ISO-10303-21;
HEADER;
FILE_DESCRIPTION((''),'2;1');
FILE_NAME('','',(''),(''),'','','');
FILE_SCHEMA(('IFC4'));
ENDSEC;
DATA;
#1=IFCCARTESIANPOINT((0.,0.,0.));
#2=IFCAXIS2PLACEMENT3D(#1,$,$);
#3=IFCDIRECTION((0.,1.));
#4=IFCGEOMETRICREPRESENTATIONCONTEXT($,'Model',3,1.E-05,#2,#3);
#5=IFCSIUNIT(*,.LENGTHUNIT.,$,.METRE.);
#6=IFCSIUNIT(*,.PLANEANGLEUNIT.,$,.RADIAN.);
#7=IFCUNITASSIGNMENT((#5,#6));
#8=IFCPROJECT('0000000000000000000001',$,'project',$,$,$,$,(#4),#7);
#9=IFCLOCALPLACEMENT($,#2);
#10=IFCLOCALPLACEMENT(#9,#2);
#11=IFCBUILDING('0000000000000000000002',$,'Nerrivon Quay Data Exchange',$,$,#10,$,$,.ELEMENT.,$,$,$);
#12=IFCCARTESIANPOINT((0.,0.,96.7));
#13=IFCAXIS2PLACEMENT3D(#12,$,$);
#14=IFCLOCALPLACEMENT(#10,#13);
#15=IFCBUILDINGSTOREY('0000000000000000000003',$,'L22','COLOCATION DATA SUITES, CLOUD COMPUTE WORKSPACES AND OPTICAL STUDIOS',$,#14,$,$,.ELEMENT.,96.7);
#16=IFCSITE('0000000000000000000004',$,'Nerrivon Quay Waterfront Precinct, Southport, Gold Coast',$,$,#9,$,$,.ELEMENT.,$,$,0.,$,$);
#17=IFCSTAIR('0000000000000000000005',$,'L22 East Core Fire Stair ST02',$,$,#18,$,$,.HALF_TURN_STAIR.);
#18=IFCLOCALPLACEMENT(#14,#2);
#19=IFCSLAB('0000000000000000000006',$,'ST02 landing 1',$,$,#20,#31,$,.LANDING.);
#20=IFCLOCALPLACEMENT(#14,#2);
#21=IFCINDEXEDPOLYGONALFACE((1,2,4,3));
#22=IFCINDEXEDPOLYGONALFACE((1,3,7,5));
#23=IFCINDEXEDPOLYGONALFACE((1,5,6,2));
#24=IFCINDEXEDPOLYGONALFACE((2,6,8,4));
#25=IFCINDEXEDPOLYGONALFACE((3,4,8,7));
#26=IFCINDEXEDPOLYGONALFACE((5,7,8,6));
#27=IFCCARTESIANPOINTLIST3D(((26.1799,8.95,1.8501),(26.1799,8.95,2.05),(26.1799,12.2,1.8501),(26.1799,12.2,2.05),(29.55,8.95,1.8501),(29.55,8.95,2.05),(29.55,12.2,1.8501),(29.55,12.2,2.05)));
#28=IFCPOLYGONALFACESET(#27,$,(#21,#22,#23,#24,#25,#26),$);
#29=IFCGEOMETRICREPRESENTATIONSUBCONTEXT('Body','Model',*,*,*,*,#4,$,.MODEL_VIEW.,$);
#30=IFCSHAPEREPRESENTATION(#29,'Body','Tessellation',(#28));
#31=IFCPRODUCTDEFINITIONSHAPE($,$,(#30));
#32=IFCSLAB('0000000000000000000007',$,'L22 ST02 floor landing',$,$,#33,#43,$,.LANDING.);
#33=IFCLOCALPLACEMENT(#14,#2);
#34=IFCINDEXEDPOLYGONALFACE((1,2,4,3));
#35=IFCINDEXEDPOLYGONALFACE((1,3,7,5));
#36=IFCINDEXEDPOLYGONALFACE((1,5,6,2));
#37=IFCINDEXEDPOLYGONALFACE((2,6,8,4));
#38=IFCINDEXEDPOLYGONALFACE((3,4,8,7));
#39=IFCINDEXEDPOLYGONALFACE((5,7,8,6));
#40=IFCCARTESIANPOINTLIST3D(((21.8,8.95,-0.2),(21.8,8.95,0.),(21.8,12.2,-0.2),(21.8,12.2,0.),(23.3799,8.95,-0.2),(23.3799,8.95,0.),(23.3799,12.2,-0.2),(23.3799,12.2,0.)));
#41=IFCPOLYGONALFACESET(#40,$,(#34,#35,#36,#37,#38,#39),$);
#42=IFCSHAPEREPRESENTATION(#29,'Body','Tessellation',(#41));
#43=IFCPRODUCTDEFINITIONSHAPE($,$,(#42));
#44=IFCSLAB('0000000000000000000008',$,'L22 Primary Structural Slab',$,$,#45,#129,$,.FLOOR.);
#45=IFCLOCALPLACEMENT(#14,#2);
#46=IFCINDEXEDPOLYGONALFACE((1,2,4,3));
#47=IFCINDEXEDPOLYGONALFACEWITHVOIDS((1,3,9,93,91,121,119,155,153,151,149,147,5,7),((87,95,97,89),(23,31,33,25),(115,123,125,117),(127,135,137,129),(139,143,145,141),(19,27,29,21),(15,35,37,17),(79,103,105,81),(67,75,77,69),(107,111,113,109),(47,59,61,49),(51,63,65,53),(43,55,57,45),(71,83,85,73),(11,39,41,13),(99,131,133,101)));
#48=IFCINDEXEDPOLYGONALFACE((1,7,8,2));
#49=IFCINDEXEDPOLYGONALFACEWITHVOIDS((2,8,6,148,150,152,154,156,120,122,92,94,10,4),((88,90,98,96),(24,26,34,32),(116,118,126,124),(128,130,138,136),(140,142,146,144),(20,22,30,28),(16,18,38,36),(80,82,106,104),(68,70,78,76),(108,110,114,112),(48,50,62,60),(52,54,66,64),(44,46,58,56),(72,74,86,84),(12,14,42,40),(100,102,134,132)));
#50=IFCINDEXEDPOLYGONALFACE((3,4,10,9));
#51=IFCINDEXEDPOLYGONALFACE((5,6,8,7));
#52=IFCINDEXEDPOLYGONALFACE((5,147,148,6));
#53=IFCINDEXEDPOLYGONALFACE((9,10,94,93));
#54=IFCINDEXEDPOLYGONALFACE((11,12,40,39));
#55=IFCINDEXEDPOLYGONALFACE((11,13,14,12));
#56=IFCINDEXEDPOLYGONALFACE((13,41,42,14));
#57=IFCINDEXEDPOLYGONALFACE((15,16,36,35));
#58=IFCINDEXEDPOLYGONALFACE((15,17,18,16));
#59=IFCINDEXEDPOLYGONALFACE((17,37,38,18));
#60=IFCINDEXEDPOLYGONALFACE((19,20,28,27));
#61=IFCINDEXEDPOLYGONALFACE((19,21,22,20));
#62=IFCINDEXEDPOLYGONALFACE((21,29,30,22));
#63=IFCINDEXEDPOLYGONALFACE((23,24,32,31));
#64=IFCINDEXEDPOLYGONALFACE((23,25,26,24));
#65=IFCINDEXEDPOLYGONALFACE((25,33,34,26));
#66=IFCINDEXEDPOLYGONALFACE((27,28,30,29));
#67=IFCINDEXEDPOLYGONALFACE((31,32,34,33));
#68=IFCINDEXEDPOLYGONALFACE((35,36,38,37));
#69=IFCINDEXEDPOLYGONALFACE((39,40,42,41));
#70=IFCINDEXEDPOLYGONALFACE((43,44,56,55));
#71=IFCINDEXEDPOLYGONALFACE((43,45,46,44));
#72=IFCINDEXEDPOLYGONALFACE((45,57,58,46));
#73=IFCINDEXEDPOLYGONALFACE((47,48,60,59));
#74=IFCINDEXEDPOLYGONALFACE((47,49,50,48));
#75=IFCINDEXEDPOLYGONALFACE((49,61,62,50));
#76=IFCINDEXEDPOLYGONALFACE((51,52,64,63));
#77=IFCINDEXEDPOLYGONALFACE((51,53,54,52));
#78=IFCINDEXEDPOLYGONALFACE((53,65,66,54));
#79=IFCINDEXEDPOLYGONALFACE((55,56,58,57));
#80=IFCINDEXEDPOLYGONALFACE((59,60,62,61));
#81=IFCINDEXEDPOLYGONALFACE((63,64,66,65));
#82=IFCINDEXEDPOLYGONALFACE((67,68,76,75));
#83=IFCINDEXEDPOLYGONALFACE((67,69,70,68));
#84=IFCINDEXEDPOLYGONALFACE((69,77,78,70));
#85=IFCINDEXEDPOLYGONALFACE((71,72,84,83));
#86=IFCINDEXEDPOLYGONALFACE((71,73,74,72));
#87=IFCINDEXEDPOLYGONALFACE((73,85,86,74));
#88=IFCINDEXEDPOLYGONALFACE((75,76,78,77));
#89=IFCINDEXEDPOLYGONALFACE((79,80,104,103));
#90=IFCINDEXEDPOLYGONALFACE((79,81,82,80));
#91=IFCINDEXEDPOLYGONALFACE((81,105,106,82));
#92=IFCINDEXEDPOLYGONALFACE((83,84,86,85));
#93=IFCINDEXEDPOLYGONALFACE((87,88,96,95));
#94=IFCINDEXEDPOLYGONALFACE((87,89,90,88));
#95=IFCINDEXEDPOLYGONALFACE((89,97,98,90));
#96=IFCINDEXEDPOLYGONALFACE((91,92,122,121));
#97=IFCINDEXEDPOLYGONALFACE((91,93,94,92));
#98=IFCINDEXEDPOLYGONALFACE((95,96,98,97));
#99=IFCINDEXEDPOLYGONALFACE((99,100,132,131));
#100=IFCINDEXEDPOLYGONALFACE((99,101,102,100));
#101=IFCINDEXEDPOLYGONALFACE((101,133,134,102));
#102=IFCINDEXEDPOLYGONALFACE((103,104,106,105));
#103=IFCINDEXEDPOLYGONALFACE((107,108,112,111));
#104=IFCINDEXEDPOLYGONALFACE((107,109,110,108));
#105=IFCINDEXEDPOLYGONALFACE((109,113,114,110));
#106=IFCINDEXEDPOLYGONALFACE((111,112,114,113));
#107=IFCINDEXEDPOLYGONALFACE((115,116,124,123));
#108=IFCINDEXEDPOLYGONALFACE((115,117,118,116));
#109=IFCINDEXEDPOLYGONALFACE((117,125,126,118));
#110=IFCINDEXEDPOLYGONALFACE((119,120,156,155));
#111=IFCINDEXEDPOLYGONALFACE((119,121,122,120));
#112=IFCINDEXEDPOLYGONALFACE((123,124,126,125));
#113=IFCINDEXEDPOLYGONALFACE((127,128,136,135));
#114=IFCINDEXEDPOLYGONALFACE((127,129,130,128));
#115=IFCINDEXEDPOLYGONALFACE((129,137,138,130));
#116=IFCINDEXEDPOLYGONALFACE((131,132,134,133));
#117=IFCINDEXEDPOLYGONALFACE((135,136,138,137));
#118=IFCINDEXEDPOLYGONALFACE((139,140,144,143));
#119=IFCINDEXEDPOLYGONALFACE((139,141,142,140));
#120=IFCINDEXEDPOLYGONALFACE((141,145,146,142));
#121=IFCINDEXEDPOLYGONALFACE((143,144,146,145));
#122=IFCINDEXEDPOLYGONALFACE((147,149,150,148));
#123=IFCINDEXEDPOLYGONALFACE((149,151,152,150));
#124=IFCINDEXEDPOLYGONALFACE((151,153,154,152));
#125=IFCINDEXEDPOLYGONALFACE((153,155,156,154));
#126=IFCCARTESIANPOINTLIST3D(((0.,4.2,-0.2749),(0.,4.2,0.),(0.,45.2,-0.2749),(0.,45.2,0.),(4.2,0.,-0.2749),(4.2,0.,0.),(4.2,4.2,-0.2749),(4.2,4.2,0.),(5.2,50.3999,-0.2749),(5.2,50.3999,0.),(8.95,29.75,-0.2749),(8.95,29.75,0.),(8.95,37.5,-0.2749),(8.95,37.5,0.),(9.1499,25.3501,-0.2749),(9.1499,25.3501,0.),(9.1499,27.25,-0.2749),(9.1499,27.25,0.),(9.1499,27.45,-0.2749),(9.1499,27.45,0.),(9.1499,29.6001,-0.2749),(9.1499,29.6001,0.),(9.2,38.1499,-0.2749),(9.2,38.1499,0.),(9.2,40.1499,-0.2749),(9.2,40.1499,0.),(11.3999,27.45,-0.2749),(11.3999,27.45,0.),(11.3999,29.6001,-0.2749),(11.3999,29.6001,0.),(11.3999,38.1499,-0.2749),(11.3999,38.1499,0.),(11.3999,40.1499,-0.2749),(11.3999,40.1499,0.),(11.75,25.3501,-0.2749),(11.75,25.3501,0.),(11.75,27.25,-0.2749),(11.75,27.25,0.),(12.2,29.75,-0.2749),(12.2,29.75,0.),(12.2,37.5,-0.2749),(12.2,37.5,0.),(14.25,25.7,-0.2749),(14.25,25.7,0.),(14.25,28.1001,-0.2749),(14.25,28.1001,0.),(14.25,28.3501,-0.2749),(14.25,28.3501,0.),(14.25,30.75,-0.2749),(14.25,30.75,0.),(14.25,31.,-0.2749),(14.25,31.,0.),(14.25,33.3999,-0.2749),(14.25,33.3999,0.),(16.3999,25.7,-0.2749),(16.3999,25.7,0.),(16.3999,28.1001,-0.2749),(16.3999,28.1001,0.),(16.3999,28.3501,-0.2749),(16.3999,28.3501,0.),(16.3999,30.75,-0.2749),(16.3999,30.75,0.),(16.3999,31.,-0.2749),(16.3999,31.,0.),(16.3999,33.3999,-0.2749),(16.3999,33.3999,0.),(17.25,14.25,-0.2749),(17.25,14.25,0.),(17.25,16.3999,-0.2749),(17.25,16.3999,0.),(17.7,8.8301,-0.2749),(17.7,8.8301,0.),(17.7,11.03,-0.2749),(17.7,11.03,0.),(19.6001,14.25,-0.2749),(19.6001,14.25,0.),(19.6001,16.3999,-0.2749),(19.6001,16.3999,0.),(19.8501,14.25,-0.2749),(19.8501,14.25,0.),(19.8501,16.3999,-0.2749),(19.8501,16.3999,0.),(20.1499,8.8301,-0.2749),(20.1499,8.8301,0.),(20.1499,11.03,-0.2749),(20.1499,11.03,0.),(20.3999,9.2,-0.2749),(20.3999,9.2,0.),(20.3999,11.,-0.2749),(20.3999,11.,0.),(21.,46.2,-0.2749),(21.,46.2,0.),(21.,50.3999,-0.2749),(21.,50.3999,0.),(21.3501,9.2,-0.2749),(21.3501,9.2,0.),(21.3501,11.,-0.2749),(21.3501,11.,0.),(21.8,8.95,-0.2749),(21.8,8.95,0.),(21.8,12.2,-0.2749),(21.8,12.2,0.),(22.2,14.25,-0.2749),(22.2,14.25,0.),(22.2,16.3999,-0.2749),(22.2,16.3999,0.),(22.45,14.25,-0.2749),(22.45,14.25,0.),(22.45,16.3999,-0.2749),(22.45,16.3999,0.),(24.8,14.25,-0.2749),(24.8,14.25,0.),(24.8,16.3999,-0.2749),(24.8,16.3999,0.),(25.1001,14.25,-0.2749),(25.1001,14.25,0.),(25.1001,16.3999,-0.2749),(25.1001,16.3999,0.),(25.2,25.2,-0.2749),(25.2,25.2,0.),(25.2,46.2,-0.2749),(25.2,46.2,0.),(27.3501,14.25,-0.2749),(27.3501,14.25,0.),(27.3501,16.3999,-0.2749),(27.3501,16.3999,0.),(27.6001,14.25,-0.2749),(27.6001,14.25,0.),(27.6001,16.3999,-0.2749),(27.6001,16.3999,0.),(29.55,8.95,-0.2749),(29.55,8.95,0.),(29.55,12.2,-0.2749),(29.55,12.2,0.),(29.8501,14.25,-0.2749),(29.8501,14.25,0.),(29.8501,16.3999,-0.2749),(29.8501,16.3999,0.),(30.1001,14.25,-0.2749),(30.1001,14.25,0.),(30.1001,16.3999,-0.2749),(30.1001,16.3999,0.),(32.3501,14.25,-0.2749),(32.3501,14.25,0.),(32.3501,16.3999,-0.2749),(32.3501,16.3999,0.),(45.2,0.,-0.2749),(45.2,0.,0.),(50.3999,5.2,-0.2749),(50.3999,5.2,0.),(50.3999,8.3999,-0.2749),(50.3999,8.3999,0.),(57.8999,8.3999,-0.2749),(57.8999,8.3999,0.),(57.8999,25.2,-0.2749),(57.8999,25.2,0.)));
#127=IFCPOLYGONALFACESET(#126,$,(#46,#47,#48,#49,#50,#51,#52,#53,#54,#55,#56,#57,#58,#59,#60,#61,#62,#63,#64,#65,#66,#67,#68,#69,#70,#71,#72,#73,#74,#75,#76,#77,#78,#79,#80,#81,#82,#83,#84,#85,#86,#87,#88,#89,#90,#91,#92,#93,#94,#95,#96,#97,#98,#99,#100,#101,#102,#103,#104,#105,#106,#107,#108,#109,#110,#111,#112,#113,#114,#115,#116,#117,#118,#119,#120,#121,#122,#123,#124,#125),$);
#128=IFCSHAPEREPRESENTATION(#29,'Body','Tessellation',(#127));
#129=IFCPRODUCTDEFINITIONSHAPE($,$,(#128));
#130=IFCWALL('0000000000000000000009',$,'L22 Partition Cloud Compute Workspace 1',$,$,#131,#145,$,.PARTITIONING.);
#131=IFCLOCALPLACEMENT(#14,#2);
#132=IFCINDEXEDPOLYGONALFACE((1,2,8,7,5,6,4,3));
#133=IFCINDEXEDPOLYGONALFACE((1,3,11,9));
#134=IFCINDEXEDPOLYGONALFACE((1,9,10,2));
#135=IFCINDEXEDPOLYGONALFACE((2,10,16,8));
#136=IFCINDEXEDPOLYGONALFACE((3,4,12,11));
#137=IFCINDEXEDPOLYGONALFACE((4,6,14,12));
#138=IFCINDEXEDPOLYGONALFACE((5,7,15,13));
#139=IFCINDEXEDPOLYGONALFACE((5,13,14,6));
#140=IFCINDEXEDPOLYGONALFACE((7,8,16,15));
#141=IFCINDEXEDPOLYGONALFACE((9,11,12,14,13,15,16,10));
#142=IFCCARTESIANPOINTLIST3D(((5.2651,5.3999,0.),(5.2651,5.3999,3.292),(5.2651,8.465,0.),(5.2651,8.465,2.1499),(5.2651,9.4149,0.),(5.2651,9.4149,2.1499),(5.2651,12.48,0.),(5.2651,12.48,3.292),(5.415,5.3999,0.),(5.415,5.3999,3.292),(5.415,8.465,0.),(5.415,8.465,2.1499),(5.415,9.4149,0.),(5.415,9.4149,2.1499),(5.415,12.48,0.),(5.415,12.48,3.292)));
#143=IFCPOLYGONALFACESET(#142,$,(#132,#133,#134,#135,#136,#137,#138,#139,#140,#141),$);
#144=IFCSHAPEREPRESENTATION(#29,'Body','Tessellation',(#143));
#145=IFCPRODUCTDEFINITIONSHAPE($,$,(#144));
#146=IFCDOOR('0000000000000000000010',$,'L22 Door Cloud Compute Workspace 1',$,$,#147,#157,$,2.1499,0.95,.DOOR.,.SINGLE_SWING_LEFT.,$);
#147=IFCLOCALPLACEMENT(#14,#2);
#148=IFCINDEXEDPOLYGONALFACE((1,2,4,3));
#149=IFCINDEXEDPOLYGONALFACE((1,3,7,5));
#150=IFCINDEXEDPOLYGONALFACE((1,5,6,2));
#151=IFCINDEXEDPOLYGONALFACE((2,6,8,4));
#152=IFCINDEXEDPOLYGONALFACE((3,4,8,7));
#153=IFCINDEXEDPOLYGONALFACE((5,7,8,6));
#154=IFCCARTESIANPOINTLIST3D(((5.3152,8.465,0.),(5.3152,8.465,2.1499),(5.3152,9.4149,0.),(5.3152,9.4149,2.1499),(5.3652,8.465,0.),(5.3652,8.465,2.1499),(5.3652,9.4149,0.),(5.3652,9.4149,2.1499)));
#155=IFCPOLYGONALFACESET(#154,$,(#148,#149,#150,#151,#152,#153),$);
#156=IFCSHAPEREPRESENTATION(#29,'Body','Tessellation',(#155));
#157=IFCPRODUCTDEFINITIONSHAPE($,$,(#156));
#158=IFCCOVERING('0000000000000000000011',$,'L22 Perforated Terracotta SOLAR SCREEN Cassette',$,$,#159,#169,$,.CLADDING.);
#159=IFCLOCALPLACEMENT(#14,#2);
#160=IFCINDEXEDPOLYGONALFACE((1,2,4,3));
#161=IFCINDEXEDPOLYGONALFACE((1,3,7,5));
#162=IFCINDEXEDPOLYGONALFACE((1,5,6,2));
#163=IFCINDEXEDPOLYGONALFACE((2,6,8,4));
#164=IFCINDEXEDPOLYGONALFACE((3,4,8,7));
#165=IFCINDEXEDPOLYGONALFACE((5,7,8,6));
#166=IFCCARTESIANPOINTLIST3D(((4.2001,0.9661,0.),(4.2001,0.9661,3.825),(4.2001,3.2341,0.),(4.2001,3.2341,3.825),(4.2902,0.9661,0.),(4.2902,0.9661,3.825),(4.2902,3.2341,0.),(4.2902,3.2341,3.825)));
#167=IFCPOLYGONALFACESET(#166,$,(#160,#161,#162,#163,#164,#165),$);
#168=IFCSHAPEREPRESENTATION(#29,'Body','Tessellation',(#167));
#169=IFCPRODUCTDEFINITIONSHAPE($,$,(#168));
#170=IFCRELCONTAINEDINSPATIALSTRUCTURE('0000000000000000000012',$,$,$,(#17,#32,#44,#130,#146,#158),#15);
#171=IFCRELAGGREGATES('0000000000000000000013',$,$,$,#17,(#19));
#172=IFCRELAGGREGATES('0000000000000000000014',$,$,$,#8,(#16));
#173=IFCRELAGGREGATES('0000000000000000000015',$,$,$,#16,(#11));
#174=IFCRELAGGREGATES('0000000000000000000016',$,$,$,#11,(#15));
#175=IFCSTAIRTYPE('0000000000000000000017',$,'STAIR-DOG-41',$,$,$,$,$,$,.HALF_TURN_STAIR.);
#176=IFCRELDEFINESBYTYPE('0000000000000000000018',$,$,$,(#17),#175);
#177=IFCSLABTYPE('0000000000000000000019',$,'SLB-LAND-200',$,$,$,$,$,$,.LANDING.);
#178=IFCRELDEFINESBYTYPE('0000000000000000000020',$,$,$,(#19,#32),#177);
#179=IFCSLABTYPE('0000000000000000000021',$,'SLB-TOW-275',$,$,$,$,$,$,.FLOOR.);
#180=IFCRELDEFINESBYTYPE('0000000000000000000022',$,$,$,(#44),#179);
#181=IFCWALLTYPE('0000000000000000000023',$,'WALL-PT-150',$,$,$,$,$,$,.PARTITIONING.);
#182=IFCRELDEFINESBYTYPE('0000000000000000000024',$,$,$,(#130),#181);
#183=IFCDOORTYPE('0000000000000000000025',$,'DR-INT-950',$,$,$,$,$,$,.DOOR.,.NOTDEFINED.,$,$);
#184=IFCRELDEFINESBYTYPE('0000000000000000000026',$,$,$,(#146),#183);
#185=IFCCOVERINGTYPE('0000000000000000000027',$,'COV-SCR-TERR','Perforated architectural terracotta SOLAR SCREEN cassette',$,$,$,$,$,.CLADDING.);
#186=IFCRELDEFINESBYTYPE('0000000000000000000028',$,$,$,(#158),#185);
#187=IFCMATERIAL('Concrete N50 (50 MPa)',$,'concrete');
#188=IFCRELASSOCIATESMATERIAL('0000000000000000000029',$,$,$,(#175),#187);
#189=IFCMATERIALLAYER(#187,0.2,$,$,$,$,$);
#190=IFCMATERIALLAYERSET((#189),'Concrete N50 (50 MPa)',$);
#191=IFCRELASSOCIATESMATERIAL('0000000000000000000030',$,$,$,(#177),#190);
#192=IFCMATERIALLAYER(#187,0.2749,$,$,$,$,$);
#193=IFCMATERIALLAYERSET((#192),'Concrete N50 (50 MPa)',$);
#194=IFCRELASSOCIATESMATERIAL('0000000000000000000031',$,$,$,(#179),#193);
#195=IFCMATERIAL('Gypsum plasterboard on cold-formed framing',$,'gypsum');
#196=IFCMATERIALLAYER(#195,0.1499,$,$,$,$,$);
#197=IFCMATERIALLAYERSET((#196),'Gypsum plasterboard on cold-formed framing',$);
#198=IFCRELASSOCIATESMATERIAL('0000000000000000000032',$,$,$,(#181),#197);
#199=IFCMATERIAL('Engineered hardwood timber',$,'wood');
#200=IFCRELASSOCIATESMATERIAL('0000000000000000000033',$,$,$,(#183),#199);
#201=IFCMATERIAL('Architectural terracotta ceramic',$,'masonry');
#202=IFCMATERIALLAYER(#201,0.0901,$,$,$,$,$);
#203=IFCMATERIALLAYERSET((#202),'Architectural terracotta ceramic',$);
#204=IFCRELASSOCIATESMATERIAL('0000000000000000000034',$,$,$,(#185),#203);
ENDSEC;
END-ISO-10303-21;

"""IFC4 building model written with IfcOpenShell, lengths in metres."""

from ifc_helpers import new_model, si_unit, direction, frame, frame_2d, origin, origin_2d, place, context, subcontext, project, spatial, polyline, rectangle, outline, extrude, material, layer, layer_set, type_object, element, fill, aggregate, save


model = new_model("IFC4")

# Units and contexts
model_context = context("Model", 3, precision=1e-05, world=origin(), true_north=direction((0.0, 1.0)))
body_context = subcontext(model_context, "Body", "Model", "MODEL_VIEW")
ifc_project = project(units=[si_unit("LENGTHUNIT", "METRE"), si_unit("PLANEANGLEUNIT", "RADIAN")], contexts=[model_context])

# Site, building, storey
site_placement = place(None, origin())
site = spatial("IfcSite", under=ifc_project, at=site_placement, Name="Nerrivon Quay Waterfront Precinct, Southport, Gold Coast", CompositionType="ELEMENT", RefElevation=0.0)
building_placement = place(site_placement, origin())
building = spatial("IfcBuilding", under=site, at=building_placement, Name="Nerrivon Quay Data Exchange", CompositionType="ELEMENT")
storey_placement = place(building_placement, frame((0.0, 0.0, 96.7)))
storey = spatial("IfcBuildingStorey", under=building, at=storey_placement, Name="L22", Description="COLOCATION DATA SUITES, CLOUD COMPUTE WORKSPACES AND OPTICAL STUDIOS", CompositionType="ELEMENT", Elevation=96.7)

# Shared definitions
ifc_material_1 = material(Name="Concrete N50 (50 MPa)", Category="concrete")
stair_type = type_object("IfcStairType", Name="STAIR-DOG-41", PredefinedType="HALF_TURN_STAIR", material=ifc_material_1)
ifc_layer_1 = layer(ifc_material_1, 0.2)
ifc_layer_set_1 = layer_set([ifc_layer_1], Name="Concrete N50 (50 MPa)")
slab_type_1 = type_object("IfcSlabType", Name="SLB-LAND-200", PredefinedType="LANDING", material=ifc_layer_set_1)

# Stair, slab
stair_1_placement = place(storey_placement, origin())
stair_1 = element("IfcStair", 1, at=stair_1_placement, inside=storey, type_object=stair_type, Name="L22 East Core Fire Stair ST02", PredefinedType="HALF_TURN_STAIR")
slab_1_placement = place(storey_placement, frame((0.0, 0.0, 1.8501)))
slab_1 = element("IfcSlab", 2, at=slab_1_placement, type_object=slab_type_1, Name="ST02 landing 1", PredefinedType="LANDING", context=body_context, shape_type="SweptSolid", body=[
    extrude(outline(polyline([(26.1799, 8.95), (29.55, 8.95), (29.55, 12.2), (26.1799, 12.2), (26.1799, 8.95)])), origin(), (0.0, 0.0, 1.0), 0.2),
])
aggregate(stair_1, [slab_1])

# Slabs
slab_2_placement = place(storey_placement, frame((0.0, 0.0, -0.2)))
element("IfcSlab", 3, at=slab_2_placement, inside=storey, type_object=slab_type_1, Name="L22 ST02 floor landing", PredefinedType="LANDING", context=body_context, shape_type="SweptSolid", body=[
    extrude(outline(polyline([(21.8, 8.95), (23.3799, 8.95), (23.3799, 12.2), (21.8, 12.2), (21.8, 8.95)])), origin(), (0.0, 0.0, 1.0), 0.2),
])
ifc_layer_2 = layer(ifc_material_1, 0.2749)
ifc_layer_set_2 = layer_set([ifc_layer_2], Name="Concrete N50 (50 MPa)")
slab_type_2 = type_object("IfcSlabType", Name="SLB-TOW-275", PredefinedType="FLOOR", material=ifc_layer_set_2)
slab_3_placement = place(storey_placement, frame((0.0, 0.0, -0.2749)))
element("IfcSlab", 4, at=slab_3_placement, inside=storey, type_object=slab_type_2, Name="L22 Primary Structural Slab", PredefinedType="FLOOR", context=body_context, shape_type="SweptSolid", body=[
    extrude(outline(polyline([(25.2, 25.2), (25.2, 46.2), (21.0, 46.2), (21.0, 50.3999), (5.2, 50.3999), (0.0, 45.2), (0.0, 4.2), (4.2, 4.2), (4.2, 0.0), (45.2, 0.0), (50.3999, 5.2), (50.3999, 8.3999), (57.8999, 8.3999), (57.8999, 25.2), (25.2, 25.2)]), holes=[polyline([(8.95, 29.75), (8.95, 37.5), (12.2, 37.5), (12.2, 29.75), (8.95, 29.75)]), polyline([(21.8, 12.2), (29.55, 12.2), (29.55, 8.95), (21.8, 8.95), (21.8, 12.2)]), polyline([(30.1001, 16.3999), (32.3501, 16.3999), (32.3501, 14.25), (30.1001, 14.25), (30.1001, 16.3999)]), polyline([(27.6001, 16.3999), (29.8501, 16.3999), (29.8501, 14.25), (27.6001, 14.25), (27.6001, 16.3999)]), polyline([(25.1001, 16.3999), (27.3501, 16.3999), (27.3501, 14.25), (25.1001, 14.25), (25.1001, 16.3999)]), polyline([(22.45, 16.3999), (24.8, 16.3999), (24.8, 14.25), (22.45, 14.25), (22.45, 16.3999)]), polyline([(19.8501, 16.3999), (22.2, 16.3999), (22.2, 14.25), (19.8501, 14.25), (19.8501, 16.3999)]), polyline([(20.3999, 11.0), (21.3501, 11.0), (21.3501, 9.2), (20.3999, 9.2), (20.3999, 11.0)]), polyline([(17.7, 8.8301), (17.7, 11.03), (20.1499, 11.03), (20.1499, 8.8301), (17.7, 8.8301)]), polyline([(17.25, 14.25), (17.25, 16.3999), (19.6001, 16.3999), (19.6001, 14.25), (17.25, 14.25)]), polyline([(14.25, 28.1001), (16.3999, 28.1001), (16.3999, 25.7), (14.25, 25.7), (14.25, 28.1001)]), polyline([(14.25, 30.75), (16.3999, 30.75), (16.3999, 28.3501), (14.25, 28.3501), (14.25, 30.75)]), polyline([(14.25, 33.3999), (16.3999, 33.3999), (16.3999, 31.0), (14.25, 31.0), (14.25, 33.3999)]), polyline([(9.1499, 27.25), (11.75, 27.25), (11.75, 25.3501), (9.1499, 25.3501), (9.1499, 27.25)]), polyline([(9.1499, 29.6001), (11.3999, 29.6001), (11.3999, 27.45), (9.1499, 27.45), (9.1499, 29.6001)]), polyline([(9.2, 40.1499), (11.3999, 40.1499), (11.3999, 38.1499), (9.2, 38.1499), (9.2, 40.1499)])]), origin(), (0.0, 0.0, 1.0), 0.2749),
])

# Wall, opening, door
ifc_material_2 = material(Name="Gypsum plasterboard on cold-formed framing", Category="gypsum")
ifc_layer_3 = layer(ifc_material_2, 0.1499)
ifc_layer_set_3 = layer_set([ifc_layer_3], Name="Gypsum plasterboard on cold-formed framing")
wall_type = type_object("IfcWallType", Name="WALL-PT-150", PredefinedType="PARTITIONING", material=ifc_layer_set_3)
wall_placement = place(storey_placement, frame((5.3401, 5.3999, 0.0), z_axis=(0.0, 0.0, 1.0), x_axis=(0.0, 1.0, 0.0)))
wall = element("IfcWall", 5, at=wall_placement, inside=storey, type_object=wall_type, Name="L22 Partition Cloud Compute Workspace 1", PredefinedType="PARTITIONING", context=body_context, shape_type="SweptSolid", body=[
    extrude(rectangle(XDim=7.0801, YDim=0.1499, at=frame_2d((3.54, 0.0))), origin(), (0.0, 0.0, 1.0), 3.292),
])
opening_placement = place(wall_placement, frame((3.0649, 0.0, 0.0)))
opening = element("IfcOpeningElement", 6, at=opening_placement, cuts=wall, PredefinedType="OPENING", context=body_context, shape_type="SweptSolid", body=[
    extrude(rectangle(XDim=0.95, YDim=2.1499, at=frame_2d((0.4751, 1.075))), frame((0.0, 0.085, 0.0), z_axis=(0.0, -1.0, 0.0), x_axis=(1.0, 0.0, 0.0)), (0.0, 0.0, 1.0), 0.1699),
])
ifc_material_3 = material(Name="Engineered hardwood timber", Category="wood")
door_type = type_object("IfcDoorType", Name="DR-INT-950", OperationType="NOTDEFINED", PredefinedType="DOOR", material=ifc_material_3)
door_placement = place(opening_placement, origin())
door = element("IfcDoor", 7, at=door_placement, inside=storey, type_object=door_type, Name="L22 Door Cloud Compute Workspace 1", OperationType="SINGLE_SWING_LEFT", OverallHeight=2.1499, OverallWidth=0.95, PredefinedType="DOOR", context=body_context, shape_type="SweptSolid", body=[
    extrude(rectangle(XDim=0.95, YDim=2.1499, at=frame_2d((0.4751, 1.075))), frame((0.0, 0.0249, 0.0), z_axis=(0.0, -1.0, 0.0), x_axis=(1.0, 0.0, 0.0)), (0.0, 0.0, 1.0), 0.05),
])
fill(opening, door)

# Covering
ifc_material_4 = material(Name="Architectural terracotta ceramic", Category="masonry")
ifc_layer_4 = layer(ifc_material_4, 0.0901)
ifc_layer_set_4 = layer_set([ifc_layer_4], Name="Architectural terracotta ceramic")
covering_type = type_object("IfcCoveringType", Name="COV-SCR-TERR", Description="Perforated architectural terracotta SOLAR SCREEN cassette", PredefinedType="CLADDING", material=ifc_layer_set_4)
for number, where, z_axis, x_axis, name in (
    (8, (4.2451, 2.1001, 0.0), (0.0, 0.0, 1.0), (0.0, 1.0, 0.0), "L22 Perforated Terracotta SOLAR SCREEN Cassette"),
):
    element("IfcCovering", number, at=place(storey_placement, frame(where, z_axis=z_axis, x_axis=x_axis)), inside=storey, type_object=covering_type, Name=name, PredefinedType="CLADDING", context=body_context, shape_type="SweptSolid", body=[
        extrude(rectangle(XDim=2.2681, YDim=0.0901, at=origin_2d()), origin(), (0.0, 0.0, 1.0), 3.825),
    ])

save(model, "model.ifc")
